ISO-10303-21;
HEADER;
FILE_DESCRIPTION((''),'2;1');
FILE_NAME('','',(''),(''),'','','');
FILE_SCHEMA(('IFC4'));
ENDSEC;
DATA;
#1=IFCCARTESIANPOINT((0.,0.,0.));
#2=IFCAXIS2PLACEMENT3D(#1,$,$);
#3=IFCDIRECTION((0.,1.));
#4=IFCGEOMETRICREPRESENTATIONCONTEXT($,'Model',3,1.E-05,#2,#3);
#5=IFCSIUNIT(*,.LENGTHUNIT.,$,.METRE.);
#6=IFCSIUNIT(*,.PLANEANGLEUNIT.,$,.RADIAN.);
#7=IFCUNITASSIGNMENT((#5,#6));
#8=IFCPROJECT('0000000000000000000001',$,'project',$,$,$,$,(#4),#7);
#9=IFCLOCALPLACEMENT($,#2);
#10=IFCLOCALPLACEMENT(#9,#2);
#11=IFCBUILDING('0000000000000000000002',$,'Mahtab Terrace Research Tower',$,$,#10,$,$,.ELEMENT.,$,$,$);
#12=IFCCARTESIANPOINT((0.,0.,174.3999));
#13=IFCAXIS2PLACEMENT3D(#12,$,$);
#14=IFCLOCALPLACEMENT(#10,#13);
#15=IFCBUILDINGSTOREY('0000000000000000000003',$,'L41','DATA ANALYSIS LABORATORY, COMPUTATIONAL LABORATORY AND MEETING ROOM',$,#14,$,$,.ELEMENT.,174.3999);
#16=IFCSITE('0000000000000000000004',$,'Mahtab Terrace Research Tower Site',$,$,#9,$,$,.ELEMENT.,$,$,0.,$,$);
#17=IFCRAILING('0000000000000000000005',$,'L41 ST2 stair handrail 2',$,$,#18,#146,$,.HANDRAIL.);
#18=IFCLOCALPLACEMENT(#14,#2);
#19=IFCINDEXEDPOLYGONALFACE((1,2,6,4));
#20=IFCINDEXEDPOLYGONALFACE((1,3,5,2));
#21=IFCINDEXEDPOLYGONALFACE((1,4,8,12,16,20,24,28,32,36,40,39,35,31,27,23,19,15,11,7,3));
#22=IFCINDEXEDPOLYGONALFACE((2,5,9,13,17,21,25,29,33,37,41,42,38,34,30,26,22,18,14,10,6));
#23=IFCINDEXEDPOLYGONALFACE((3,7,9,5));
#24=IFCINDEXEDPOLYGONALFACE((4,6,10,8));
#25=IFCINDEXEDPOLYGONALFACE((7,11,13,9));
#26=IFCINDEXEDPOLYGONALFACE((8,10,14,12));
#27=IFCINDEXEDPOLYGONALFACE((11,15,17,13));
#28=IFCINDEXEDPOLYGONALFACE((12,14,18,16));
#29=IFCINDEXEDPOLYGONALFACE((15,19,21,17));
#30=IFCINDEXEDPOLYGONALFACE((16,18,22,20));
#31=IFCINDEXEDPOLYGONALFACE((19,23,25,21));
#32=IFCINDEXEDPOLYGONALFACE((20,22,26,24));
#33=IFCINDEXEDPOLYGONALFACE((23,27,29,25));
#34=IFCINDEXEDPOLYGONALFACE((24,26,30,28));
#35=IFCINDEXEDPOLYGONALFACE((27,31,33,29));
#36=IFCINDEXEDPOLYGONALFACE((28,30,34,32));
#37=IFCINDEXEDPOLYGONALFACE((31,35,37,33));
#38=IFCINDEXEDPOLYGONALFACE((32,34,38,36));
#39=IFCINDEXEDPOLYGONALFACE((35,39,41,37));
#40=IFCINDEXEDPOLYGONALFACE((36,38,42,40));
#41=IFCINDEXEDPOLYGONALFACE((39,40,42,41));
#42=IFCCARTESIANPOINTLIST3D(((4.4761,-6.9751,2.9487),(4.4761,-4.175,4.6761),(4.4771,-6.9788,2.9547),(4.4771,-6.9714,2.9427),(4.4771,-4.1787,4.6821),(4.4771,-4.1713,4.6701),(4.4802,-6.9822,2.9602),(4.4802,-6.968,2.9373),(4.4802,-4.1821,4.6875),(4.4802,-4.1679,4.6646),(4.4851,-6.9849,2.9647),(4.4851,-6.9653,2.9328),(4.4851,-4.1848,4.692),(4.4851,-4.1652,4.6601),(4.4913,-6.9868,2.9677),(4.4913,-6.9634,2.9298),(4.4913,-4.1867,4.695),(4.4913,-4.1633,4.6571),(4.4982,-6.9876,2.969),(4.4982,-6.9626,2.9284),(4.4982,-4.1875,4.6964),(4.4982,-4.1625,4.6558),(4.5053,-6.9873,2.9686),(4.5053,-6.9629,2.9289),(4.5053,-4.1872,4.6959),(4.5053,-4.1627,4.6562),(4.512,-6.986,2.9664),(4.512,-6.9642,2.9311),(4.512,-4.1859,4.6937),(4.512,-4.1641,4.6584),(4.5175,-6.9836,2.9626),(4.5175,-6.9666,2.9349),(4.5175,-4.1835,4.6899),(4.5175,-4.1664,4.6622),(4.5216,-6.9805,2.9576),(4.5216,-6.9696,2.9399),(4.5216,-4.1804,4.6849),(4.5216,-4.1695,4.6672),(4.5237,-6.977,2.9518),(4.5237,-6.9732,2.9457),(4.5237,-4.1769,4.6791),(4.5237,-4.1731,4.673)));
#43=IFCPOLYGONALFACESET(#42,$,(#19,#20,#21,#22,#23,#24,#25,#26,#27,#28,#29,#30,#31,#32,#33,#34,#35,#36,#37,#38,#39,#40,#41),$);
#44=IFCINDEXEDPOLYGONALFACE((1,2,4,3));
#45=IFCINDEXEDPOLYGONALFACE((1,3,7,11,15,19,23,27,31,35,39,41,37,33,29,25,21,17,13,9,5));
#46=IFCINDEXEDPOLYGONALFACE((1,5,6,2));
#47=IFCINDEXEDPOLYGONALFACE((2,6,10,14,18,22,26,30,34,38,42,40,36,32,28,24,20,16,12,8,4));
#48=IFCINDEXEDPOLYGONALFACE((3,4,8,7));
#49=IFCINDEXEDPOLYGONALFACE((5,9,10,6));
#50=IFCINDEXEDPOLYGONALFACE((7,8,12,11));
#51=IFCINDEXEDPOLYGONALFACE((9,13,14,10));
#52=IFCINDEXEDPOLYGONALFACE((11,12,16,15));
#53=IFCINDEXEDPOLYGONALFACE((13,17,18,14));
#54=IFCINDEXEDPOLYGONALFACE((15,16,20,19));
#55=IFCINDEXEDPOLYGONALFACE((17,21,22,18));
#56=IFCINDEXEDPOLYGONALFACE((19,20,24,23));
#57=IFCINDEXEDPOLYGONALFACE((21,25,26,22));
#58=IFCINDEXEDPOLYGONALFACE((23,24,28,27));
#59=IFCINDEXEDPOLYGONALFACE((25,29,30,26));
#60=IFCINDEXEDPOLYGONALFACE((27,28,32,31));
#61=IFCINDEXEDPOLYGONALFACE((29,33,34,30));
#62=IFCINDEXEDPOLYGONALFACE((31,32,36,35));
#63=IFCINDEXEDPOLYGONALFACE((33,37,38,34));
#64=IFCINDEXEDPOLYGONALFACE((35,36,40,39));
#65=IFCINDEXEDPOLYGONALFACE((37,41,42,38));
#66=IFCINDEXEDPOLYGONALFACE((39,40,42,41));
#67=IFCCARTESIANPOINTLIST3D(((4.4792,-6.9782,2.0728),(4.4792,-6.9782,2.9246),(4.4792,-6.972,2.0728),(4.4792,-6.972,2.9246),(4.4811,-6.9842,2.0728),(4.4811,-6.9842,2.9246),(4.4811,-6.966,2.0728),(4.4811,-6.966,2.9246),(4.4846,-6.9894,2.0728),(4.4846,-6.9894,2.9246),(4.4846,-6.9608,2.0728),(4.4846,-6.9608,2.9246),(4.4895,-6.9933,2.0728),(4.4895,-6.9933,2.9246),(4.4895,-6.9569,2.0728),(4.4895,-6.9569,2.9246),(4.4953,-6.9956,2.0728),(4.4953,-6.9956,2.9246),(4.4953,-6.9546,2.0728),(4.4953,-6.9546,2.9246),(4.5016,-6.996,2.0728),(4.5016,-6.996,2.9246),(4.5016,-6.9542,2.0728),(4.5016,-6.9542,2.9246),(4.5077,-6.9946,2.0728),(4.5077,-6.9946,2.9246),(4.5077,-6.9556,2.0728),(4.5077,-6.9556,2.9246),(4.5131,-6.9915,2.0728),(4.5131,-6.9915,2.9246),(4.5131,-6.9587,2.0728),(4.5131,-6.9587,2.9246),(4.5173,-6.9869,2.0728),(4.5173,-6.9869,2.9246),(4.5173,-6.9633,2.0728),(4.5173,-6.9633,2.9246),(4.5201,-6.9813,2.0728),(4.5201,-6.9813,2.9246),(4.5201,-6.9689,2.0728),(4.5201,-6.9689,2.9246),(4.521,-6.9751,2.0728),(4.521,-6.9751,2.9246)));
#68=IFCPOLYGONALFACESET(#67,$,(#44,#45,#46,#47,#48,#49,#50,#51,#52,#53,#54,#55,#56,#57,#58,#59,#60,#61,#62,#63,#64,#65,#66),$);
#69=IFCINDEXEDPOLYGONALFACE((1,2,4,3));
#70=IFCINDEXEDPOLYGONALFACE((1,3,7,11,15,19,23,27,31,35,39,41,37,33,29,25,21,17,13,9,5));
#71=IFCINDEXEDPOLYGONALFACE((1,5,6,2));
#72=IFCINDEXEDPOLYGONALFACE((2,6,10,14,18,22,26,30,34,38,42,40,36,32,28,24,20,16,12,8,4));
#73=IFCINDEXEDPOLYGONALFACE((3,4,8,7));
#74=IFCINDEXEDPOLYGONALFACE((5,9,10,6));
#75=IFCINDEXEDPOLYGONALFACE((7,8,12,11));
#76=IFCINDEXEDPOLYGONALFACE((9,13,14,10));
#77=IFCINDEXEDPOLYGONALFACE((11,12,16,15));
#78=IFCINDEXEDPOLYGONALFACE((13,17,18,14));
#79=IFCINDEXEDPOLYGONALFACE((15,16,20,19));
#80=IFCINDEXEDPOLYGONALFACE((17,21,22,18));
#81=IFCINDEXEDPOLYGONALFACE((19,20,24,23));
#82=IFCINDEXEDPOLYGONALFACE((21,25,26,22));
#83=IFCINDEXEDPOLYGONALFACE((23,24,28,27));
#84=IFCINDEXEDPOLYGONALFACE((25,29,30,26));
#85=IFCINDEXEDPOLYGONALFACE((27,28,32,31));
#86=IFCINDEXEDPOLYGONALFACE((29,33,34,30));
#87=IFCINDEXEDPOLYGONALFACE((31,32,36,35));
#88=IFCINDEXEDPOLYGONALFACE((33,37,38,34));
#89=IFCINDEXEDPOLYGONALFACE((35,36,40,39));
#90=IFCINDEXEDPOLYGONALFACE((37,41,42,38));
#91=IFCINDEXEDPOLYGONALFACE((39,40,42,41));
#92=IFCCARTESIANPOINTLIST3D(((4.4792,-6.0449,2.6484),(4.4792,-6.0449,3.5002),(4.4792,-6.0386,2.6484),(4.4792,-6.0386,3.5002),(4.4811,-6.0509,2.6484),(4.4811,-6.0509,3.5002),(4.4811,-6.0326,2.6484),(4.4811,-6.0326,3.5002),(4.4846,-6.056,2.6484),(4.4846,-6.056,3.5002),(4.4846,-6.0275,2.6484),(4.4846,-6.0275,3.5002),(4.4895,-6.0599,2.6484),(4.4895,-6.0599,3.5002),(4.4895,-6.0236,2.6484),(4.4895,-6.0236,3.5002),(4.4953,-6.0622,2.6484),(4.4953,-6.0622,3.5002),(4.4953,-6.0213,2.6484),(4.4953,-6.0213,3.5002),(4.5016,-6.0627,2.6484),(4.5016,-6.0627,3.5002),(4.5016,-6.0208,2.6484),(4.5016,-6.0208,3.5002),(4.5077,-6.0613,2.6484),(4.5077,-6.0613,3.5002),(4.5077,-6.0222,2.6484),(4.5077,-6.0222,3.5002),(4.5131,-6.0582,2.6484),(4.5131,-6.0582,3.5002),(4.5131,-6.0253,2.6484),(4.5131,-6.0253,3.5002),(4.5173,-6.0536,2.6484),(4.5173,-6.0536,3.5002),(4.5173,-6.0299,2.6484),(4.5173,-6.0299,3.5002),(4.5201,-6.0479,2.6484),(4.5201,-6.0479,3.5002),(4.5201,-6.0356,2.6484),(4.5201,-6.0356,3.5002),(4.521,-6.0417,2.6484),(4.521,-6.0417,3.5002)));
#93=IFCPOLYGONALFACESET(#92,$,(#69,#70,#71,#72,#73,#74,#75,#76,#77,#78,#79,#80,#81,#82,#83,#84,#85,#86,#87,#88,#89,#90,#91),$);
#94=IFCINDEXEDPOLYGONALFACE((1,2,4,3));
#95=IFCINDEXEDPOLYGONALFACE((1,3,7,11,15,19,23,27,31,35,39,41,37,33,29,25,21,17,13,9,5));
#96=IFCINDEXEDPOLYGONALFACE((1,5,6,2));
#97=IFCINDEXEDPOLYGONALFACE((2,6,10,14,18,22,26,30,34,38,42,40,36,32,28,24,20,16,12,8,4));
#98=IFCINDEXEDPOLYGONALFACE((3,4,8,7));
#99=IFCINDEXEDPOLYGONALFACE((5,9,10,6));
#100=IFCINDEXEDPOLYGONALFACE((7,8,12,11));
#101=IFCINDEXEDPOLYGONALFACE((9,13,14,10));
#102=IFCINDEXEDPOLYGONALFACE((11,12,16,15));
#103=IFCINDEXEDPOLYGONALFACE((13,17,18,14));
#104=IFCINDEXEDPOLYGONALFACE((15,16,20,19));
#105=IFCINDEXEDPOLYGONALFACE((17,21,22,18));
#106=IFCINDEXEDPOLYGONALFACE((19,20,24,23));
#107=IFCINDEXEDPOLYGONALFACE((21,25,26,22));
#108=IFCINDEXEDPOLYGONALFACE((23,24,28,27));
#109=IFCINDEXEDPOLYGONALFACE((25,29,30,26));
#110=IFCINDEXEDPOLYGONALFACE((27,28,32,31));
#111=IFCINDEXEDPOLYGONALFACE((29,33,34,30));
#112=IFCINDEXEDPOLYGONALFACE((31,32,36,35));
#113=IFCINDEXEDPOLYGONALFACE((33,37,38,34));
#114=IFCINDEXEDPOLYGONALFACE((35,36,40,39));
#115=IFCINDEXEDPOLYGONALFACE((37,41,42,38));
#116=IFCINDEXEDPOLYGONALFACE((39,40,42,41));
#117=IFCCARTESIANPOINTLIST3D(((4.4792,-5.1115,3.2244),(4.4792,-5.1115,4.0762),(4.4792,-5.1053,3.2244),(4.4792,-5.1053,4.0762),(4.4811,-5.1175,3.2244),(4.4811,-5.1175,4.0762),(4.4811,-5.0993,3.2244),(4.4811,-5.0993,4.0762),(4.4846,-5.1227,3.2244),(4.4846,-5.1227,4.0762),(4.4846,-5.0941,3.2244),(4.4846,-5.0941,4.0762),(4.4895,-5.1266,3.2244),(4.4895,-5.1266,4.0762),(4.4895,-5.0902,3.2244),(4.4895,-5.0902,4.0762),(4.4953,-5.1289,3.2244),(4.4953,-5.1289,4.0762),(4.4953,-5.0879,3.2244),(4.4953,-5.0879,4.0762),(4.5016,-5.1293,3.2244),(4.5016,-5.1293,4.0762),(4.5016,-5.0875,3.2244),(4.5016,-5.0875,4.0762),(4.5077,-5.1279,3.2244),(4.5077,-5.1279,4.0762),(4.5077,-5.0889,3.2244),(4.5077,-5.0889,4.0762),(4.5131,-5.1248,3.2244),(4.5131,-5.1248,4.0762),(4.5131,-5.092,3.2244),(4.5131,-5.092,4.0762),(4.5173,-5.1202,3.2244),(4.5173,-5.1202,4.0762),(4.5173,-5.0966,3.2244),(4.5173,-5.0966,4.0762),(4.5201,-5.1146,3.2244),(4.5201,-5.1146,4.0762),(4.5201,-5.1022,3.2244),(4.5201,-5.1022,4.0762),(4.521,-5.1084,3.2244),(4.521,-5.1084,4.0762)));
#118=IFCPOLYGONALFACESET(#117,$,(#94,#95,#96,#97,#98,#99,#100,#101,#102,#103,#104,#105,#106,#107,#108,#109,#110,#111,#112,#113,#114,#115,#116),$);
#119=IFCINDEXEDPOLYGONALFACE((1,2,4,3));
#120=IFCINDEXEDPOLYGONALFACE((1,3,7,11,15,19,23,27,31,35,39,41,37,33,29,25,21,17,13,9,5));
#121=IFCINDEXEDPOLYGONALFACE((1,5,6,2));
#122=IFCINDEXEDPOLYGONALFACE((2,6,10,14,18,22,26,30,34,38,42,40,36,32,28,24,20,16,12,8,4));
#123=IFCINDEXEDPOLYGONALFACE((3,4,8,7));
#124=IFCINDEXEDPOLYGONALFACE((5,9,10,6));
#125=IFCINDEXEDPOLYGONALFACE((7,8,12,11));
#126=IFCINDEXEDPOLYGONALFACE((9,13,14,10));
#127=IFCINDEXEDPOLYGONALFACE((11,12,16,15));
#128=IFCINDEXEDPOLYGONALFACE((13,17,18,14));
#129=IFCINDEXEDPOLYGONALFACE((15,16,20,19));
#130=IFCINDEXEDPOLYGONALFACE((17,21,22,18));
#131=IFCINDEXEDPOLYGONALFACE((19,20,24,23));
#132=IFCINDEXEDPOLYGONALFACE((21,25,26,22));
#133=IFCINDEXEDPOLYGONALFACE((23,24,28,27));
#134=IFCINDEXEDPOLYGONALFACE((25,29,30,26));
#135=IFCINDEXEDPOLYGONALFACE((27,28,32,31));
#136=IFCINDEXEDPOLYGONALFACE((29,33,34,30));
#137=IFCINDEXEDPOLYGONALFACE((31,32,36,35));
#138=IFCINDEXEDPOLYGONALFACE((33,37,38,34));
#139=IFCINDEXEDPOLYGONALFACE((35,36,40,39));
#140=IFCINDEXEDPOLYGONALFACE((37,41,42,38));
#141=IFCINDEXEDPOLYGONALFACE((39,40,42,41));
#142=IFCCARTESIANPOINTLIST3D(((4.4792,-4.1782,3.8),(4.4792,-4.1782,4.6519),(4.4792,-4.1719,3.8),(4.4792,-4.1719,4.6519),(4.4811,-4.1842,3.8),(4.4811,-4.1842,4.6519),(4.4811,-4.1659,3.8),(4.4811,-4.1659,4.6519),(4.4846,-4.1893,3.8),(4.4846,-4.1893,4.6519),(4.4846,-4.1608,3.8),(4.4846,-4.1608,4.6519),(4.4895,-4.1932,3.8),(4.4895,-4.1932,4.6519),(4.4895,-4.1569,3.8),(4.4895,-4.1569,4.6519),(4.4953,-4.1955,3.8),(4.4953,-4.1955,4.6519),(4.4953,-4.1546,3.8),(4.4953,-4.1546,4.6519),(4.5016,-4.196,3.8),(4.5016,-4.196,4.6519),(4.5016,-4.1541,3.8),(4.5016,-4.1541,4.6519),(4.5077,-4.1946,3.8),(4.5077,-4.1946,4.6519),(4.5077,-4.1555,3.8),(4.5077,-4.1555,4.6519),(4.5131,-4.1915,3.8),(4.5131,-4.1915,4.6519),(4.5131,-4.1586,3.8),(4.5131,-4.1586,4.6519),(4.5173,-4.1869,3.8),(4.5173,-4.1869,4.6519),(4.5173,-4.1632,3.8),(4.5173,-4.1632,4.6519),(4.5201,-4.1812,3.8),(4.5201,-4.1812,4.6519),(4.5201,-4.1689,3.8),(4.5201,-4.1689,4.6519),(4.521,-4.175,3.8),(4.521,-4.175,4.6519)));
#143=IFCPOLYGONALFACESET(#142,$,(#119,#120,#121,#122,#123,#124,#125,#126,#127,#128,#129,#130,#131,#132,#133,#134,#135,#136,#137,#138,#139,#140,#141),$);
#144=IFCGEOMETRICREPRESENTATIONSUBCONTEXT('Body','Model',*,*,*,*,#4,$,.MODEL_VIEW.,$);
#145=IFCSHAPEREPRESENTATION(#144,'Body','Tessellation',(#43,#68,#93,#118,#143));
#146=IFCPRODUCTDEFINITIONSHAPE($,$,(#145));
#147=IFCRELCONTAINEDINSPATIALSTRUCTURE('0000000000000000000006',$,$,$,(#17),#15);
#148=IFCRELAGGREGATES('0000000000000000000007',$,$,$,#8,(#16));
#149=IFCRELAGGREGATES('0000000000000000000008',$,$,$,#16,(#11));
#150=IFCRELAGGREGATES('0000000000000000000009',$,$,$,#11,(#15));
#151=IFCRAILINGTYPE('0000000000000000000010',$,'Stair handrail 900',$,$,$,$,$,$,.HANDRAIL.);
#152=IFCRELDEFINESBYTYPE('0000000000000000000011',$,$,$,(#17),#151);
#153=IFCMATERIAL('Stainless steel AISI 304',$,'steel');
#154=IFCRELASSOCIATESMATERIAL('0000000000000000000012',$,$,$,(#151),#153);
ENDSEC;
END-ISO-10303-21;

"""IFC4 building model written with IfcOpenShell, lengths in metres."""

from ifc_helpers import new_model, si_unit, direction, frame, origin, origin_2d, place, context, subcontext, project, spatial, circle, extrude, material, type_object, element, save


model = new_model("IFC4")

# Units and contexts
model_context = context("Model", 3, precision=1e-05, world=origin(), true_north=direction((0.0, 1.0)))
body_context = subcontext(model_context, "Body", "Model", "MODEL_VIEW")
ifc_project = project(units=[si_unit("LENGTHUNIT", "METRE"), si_unit("PLANEANGLEUNIT", "RADIAN")], contexts=[model_context])

# Site, building, storey
site_placement = place(None, origin())
site = spatial("IfcSite", under=ifc_project, at=site_placement, Name="Mahtab Terrace Research Tower Site", CompositionType="ELEMENT", RefElevation=0.0)
building_placement = place(site_placement, origin())
building = spatial("IfcBuilding", under=site, at=building_placement, Name="Mahtab Terrace Research Tower", CompositionType="ELEMENT")
storey_placement = place(building_placement, frame((0.0, 0.0, 174.3999)))
storey = spatial("IfcBuildingStorey", under=building, at=storey_placement, Name="L41", Description="DATA ANALYSIS LABORATORY, COMPUTATIONAL LABORATORY AND MEETING ROOM", CompositionType="ELEMENT", Elevation=174.3999)

# Railing
ifc_material_1 = material(Name="Stainless steel AISI 304", Category="steel")
railing_type_1 = type_object("IfcRailingType", Name="Stair handrail 900", PredefinedType="HANDRAIL", material=ifc_material_1)
railing_1_placement = place(storey_placement, frame((4.5, -6.9751, 2.0728)))
element("IfcRailing", 1, at=railing_1_placement, inside=storey, type_object=railing_type_1, Name="L41 ST2 stair handrail 2", PredefinedType="HANDRAIL", context=body_context, shape_type="SweptSolid", body=[
    extrude(circle(Radius=0.0239, at=origin_2d()), frame((0.0, 0.0, 0.876), z_axis=(0.0, 0.85109, 0.52502), x_axis=(-1.0, 0.0, 0.0)), (0.0, 0.0, 1.0), 3.29),
    extrude(circle(Radius=0.021, at=origin_2d()), origin(), (0.0, 0.0, 1.0), 0.8518),
    extrude(circle(Radius=0.021, at=origin_2d()), frame((0.0, 0.9333, 0.5757)), (0.0, 0.0, 1.0), 0.8518),
    extrude(circle(Radius=0.021, at=origin_2d()), frame((0.0, 1.8667, 1.1516)), (0.0, 0.0, 1.0), 0.8518),
    extrude(circle(Radius=0.021, at=origin_2d()), frame((0.0, 2.8, 1.7273)), (0.0, 0.0, 1.0), 0.8518),
])

save(model, "model.ifc")
